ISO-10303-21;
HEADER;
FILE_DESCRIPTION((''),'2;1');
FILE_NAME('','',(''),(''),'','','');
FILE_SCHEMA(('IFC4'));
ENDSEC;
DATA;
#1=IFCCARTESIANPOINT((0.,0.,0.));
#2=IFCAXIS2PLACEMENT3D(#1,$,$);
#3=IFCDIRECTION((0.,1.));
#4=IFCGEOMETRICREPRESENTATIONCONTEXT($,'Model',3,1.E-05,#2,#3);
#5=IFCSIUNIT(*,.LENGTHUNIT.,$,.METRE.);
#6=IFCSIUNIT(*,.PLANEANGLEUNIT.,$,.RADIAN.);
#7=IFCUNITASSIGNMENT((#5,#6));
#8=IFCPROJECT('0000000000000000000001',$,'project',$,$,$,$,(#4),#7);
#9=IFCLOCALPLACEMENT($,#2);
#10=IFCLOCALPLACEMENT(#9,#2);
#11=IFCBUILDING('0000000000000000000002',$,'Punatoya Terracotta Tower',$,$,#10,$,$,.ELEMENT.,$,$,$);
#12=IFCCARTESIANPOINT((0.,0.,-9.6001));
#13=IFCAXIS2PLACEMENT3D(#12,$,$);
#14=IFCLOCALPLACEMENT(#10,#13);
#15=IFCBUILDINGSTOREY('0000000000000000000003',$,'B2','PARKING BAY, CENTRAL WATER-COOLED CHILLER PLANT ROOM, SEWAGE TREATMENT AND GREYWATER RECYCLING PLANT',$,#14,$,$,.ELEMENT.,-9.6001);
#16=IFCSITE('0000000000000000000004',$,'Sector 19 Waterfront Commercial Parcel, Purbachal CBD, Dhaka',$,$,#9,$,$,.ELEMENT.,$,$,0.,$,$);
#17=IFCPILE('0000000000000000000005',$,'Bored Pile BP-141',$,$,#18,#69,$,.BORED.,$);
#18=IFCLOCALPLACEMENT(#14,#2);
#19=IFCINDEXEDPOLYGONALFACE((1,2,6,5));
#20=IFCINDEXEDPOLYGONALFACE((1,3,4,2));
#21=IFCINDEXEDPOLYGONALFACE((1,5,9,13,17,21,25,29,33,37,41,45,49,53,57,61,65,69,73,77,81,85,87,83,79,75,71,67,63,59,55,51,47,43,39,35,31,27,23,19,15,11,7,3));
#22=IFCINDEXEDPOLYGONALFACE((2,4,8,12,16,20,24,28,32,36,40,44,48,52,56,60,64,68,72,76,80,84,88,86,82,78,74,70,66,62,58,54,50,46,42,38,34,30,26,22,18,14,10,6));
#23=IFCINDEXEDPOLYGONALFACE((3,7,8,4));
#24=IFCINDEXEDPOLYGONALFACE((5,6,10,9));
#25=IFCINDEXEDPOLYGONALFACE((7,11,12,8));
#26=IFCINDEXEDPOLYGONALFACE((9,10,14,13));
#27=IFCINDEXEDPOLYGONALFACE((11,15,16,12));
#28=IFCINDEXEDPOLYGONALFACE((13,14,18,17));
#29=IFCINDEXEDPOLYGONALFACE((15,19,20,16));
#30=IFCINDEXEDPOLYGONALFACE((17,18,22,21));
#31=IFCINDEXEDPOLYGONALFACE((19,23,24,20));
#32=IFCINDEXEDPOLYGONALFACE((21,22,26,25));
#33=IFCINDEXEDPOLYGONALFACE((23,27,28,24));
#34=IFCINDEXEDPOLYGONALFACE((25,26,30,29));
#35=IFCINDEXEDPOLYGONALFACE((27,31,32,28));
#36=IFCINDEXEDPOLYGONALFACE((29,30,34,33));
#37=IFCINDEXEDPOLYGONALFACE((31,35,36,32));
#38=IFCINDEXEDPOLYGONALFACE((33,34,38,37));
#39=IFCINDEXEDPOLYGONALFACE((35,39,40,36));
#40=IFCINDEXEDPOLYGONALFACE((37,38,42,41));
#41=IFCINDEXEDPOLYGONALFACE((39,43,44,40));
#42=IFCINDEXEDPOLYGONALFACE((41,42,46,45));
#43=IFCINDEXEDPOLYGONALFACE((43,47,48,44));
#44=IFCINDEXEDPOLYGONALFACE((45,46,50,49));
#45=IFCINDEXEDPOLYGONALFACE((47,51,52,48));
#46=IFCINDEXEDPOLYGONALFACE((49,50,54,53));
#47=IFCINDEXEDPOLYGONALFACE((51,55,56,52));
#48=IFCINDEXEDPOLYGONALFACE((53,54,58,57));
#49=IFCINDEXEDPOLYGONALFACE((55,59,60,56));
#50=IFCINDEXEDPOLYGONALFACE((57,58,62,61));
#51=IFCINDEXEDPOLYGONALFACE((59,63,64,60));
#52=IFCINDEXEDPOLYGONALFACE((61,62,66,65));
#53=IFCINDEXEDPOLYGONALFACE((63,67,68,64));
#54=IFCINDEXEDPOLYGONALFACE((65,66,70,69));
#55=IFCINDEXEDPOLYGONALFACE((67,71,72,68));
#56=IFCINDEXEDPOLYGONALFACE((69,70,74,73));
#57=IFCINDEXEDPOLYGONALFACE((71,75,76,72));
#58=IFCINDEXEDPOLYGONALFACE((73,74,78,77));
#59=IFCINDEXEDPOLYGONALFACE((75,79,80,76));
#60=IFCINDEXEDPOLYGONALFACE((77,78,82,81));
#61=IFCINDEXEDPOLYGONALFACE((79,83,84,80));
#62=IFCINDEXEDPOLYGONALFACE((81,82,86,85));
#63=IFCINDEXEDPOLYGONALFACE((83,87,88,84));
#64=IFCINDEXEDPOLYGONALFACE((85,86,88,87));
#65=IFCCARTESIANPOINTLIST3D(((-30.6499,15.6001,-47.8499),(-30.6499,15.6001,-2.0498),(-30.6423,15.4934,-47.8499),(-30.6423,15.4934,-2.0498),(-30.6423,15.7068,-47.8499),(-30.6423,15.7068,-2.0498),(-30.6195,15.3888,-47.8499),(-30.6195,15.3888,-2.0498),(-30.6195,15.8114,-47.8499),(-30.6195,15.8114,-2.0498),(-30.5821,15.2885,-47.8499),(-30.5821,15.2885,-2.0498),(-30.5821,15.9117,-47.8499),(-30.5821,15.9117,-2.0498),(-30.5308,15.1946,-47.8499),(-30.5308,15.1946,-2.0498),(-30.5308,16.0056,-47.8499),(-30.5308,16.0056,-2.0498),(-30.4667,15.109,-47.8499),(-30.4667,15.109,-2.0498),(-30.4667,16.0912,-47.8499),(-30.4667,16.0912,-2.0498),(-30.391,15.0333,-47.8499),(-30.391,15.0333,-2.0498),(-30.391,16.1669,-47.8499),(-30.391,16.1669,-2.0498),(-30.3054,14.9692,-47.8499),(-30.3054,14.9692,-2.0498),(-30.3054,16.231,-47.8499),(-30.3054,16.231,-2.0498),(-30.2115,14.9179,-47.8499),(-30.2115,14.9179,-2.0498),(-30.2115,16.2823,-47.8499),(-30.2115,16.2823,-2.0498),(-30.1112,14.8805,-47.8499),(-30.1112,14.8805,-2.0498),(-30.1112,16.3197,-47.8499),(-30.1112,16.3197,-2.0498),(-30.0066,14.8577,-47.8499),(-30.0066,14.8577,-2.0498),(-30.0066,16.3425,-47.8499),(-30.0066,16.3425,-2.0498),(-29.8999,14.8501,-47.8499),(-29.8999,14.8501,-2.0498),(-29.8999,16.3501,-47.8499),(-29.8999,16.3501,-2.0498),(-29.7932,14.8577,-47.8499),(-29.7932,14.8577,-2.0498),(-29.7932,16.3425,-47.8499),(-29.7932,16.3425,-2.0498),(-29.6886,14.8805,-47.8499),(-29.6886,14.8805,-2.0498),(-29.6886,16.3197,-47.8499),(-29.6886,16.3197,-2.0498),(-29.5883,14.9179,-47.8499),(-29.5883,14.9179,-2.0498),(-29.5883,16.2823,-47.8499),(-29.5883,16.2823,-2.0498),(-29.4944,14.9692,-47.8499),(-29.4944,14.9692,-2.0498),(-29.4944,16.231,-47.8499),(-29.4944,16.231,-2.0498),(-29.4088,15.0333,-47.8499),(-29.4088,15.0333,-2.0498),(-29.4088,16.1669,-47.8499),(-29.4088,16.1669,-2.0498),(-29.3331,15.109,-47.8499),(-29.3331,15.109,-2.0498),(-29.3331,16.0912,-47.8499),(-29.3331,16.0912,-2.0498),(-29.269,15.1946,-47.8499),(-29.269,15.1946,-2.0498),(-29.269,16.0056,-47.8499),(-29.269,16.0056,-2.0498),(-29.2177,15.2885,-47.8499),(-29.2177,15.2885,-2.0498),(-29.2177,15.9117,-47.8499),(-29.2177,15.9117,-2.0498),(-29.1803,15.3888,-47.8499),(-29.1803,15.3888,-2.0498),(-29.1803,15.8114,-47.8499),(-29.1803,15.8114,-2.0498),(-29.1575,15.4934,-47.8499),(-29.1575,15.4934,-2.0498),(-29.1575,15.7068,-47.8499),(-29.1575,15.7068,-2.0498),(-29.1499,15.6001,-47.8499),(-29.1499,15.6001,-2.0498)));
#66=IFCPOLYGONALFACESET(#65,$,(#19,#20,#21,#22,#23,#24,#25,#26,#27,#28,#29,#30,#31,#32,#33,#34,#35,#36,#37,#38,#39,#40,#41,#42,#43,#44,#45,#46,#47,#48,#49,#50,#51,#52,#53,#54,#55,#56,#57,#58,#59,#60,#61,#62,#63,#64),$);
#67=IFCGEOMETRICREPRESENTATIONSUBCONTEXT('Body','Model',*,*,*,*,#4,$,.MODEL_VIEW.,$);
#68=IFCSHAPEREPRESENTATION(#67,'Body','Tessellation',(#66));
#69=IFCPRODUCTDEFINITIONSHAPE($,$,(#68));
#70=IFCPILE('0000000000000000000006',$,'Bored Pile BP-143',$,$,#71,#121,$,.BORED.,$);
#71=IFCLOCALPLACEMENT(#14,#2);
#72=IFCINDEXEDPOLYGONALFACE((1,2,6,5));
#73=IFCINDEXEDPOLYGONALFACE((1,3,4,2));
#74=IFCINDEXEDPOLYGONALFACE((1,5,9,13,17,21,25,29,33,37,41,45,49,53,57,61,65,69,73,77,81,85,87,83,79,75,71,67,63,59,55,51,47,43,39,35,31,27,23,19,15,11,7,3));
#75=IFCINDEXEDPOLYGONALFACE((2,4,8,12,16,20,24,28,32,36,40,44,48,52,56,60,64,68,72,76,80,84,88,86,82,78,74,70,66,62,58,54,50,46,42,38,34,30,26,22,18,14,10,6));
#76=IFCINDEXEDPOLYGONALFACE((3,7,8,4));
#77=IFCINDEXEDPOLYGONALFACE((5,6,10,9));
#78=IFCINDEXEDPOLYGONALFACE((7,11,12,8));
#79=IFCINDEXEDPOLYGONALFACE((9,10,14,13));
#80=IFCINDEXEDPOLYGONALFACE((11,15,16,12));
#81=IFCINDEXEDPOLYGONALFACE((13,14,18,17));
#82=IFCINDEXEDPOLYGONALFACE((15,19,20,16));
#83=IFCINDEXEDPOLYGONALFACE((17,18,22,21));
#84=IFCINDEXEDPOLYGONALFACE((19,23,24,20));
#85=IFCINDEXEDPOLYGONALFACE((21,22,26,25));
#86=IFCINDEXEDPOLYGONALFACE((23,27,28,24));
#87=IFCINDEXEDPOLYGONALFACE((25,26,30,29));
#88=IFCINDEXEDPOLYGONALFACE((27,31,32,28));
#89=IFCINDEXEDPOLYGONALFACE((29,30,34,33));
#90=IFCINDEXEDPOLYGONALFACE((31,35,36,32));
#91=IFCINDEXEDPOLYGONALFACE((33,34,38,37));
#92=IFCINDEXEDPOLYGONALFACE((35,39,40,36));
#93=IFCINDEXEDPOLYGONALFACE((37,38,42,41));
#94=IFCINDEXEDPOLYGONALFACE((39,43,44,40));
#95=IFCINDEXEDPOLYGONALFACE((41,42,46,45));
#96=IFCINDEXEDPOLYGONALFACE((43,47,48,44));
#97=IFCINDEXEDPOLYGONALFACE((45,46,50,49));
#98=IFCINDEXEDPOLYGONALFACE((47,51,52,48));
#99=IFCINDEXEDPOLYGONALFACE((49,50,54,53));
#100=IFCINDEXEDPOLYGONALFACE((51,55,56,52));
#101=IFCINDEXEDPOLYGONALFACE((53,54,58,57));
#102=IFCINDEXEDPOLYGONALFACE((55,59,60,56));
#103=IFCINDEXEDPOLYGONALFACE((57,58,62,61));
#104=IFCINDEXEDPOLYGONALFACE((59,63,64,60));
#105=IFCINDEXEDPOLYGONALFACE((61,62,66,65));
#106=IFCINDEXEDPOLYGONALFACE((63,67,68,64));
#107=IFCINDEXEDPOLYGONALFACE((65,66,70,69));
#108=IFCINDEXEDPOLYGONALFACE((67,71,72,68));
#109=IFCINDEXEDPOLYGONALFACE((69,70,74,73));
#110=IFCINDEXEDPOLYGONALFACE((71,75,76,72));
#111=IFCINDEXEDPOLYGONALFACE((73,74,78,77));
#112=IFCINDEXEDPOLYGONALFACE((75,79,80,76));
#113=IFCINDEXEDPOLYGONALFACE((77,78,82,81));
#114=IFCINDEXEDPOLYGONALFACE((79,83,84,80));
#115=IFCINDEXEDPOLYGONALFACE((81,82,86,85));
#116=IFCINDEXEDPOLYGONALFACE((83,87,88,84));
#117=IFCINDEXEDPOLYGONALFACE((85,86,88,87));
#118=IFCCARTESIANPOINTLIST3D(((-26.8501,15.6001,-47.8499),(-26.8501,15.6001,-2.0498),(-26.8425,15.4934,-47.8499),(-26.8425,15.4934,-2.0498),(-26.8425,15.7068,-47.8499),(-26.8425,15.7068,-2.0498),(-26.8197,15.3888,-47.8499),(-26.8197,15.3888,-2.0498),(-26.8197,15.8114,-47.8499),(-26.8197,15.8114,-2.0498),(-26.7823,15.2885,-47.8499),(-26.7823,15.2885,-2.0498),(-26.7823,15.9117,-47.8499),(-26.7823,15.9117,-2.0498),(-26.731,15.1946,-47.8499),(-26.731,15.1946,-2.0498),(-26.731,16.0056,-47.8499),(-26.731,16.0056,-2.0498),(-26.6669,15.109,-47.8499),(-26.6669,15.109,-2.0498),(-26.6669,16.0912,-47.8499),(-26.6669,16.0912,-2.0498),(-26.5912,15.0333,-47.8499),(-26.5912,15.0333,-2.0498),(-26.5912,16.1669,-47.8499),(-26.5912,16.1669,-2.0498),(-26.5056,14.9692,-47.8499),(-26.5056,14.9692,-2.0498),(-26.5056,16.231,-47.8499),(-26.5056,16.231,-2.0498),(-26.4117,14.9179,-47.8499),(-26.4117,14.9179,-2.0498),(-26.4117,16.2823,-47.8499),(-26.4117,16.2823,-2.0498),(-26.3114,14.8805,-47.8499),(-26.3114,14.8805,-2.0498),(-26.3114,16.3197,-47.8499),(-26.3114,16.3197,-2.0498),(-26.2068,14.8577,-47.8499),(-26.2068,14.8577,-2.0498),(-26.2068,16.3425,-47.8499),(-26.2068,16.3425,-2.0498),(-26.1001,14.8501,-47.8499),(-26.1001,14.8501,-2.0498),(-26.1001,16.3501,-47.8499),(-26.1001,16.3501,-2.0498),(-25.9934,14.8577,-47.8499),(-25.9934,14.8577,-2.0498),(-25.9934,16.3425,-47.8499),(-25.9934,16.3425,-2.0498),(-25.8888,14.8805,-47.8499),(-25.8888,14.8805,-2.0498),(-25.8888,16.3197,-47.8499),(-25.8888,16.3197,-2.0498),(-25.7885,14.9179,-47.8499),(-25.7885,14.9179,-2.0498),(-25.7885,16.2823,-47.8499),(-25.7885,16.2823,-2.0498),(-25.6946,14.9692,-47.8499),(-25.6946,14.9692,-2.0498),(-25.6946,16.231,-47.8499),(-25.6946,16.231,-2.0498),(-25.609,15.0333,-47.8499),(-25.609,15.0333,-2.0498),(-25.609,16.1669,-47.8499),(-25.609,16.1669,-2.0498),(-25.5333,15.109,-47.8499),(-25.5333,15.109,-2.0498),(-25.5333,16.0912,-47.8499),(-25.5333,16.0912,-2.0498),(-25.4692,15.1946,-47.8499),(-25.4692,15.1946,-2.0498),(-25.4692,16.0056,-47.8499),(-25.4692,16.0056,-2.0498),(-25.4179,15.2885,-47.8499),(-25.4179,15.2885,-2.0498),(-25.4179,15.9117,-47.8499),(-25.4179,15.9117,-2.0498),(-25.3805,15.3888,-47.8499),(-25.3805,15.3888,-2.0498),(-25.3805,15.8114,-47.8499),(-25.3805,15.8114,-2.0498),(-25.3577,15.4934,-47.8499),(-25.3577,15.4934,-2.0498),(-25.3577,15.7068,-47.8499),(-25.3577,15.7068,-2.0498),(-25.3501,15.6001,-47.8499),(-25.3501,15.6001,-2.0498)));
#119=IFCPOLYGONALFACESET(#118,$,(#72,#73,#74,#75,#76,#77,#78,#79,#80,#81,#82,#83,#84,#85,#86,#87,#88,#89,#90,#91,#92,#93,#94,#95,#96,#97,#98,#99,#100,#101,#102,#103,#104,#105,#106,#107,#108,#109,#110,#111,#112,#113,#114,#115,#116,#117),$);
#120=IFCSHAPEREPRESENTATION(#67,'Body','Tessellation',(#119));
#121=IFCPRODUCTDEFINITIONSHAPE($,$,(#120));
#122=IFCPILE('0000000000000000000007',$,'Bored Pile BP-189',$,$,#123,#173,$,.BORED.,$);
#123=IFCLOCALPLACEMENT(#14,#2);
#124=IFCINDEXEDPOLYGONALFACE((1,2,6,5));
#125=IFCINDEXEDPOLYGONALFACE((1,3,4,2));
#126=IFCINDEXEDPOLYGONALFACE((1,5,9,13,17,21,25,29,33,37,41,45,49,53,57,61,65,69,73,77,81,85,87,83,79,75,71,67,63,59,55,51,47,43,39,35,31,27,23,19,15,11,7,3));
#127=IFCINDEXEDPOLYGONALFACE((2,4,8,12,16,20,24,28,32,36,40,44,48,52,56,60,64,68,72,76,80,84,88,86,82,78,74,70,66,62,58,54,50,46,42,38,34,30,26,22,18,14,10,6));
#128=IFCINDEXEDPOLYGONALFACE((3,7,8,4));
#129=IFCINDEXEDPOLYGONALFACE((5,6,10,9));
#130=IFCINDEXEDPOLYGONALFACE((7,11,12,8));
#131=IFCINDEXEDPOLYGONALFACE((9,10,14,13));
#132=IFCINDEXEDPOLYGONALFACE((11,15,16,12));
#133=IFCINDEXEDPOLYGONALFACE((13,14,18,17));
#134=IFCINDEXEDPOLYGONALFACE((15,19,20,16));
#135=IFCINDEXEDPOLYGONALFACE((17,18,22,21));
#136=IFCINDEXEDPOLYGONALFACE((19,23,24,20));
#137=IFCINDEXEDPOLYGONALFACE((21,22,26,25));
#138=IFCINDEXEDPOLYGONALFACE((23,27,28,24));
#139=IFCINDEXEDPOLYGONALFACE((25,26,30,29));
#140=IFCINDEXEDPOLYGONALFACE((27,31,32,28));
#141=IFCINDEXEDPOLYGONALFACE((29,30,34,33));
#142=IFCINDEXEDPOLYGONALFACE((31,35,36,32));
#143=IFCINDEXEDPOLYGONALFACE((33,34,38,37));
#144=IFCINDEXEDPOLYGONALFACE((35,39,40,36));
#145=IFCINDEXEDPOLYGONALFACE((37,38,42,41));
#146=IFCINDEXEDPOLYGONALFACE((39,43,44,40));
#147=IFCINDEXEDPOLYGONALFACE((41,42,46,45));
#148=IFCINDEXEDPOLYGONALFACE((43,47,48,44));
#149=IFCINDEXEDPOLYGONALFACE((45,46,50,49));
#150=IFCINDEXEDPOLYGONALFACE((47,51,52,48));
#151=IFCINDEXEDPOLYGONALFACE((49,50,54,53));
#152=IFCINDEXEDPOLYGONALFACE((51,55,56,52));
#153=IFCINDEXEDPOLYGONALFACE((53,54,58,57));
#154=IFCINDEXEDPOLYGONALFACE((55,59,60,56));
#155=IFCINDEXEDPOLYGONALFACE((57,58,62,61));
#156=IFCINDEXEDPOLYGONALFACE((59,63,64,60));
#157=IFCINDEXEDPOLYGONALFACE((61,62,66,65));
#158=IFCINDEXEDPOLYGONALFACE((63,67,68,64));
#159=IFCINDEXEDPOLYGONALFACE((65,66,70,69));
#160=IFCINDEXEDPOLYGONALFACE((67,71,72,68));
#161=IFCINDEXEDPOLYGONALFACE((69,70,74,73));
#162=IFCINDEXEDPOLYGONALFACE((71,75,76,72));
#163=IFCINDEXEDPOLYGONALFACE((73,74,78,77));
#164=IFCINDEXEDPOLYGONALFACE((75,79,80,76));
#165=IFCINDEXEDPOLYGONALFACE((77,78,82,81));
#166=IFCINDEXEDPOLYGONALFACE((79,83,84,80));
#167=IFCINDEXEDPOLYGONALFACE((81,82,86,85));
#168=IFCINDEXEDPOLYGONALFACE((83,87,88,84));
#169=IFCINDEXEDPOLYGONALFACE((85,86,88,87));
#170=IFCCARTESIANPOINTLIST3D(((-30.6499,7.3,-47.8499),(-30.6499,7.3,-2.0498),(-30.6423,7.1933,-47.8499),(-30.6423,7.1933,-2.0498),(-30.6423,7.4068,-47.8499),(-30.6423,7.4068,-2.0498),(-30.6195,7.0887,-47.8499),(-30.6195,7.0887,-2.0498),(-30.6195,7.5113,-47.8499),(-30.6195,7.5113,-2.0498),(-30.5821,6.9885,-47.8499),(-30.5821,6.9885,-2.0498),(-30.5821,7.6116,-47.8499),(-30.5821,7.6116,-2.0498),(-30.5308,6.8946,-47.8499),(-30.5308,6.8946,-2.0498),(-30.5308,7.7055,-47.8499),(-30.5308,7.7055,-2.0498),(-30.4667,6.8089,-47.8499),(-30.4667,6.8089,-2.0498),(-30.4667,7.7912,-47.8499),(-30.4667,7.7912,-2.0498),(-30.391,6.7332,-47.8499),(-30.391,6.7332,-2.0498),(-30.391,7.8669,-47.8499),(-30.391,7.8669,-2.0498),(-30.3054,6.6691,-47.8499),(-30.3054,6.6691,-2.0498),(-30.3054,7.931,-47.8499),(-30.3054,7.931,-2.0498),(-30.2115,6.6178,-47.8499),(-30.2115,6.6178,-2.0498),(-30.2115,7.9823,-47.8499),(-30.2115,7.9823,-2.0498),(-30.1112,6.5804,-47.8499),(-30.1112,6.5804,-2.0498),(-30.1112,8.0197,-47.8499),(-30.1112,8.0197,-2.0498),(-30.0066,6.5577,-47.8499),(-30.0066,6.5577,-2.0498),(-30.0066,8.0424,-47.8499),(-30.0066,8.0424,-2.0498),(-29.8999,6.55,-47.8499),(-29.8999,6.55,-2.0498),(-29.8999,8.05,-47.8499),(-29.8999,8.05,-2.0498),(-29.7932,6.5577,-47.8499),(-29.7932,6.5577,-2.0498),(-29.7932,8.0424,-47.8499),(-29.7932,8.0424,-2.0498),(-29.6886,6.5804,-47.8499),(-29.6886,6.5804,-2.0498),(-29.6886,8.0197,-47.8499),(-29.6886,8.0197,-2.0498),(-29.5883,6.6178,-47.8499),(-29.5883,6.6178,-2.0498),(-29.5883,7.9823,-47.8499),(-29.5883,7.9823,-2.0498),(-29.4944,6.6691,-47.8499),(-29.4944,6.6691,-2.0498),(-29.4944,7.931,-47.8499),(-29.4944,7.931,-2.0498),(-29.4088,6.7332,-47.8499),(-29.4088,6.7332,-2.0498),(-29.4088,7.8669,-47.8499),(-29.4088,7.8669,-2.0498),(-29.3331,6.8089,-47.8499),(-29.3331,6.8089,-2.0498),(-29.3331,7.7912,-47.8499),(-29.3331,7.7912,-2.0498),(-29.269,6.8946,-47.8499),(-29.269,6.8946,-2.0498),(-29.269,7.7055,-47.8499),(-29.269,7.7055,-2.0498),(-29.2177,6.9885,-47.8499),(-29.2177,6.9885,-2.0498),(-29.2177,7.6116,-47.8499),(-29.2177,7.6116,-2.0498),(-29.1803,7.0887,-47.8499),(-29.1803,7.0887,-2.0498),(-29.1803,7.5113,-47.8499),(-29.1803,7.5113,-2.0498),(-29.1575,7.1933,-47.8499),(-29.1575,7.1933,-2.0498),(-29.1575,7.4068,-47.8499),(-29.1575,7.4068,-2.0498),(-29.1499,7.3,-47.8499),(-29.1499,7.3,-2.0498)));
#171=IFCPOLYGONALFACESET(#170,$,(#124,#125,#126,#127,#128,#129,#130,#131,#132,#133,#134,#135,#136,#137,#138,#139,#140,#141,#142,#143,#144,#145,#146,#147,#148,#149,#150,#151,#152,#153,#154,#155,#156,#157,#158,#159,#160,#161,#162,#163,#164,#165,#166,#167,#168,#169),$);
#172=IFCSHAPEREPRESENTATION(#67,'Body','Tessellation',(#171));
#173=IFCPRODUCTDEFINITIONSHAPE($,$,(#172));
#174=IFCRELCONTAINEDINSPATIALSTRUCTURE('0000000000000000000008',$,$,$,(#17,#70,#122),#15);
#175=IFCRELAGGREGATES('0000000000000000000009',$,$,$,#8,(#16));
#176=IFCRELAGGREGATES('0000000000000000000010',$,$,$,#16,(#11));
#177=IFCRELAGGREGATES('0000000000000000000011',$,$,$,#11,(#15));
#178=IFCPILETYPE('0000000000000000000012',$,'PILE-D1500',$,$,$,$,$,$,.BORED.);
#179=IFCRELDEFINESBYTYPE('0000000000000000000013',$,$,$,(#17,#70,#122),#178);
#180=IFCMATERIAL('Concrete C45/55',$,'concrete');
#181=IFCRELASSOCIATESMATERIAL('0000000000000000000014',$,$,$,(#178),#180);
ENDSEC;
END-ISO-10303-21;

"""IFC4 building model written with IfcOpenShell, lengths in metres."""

from ifc_helpers import new_model, si_unit, direction, frame, origin, origin_2d, place, context, subcontext, project, spatial, circle, extrude, material, material_profile, profile_set, type_object, element, save


model = new_model("IFC4")

# Units and contexts
model_context = context("Model", 3, precision=1e-05, world=origin(), true_north=direction((0.0, 1.0)))
body_context = subcontext(model_context, "Body", "Model", "MODEL_VIEW")
ifc_project = project(units=[si_unit("LENGTHUNIT", "METRE"), si_unit("PLANEANGLEUNIT", "RADIAN")], contexts=[model_context])

# Site, building, storey
site_placement = place(None, origin())
site = spatial("IfcSite", under=ifc_project, at=site_placement, Name="Sector 19 Waterfront Commercial Parcel, Purbachal CBD, Dhaka", CompositionType="ELEMENT", RefElevation=0.0)
building_placement = place(site_placement, origin())
building = spatial("IfcBuilding", under=site, at=building_placement, Name="Punatoya Terracotta Tower", CompositionType="ELEMENT")
storey_placement = place(building_placement, frame((0.0, 0.0, -9.6001)))
storey = spatial("IfcBuildingStorey", under=building, at=storey_placement, Name="B2", Description="PARKING BAY, CENTRAL WATER-COOLED CHILLER PLANT ROOM, SEWAGE TREATMENT AND GREYWATER RECYCLING PLANT", CompositionType="ELEMENT", Elevation=-9.6001)

# Shared definitions
ifc_material_1 = material(Name="Concrete C45/55", Category="concrete")

# Piles
ifc_material_profile_1 = material_profile(ifc_material_1, circle(Radius=0.75, at=origin_2d()))
ifc_profile_set_1 = profile_set([ifc_material_profile_1], Name="Concrete C45/55")
pile_type_1 = type_object("IfcPileType", Name="PILE-D1500", PredefinedType="BORED", material=ifc_profile_set_1)
for number, where, z_axis, x_axis, name in (
    (1, (-29.8999, 15.6001, -2.0498), (0.0, 0.0, -1.0), (1.0, 0.0, 0.0), "Bored Pile BP-141"),
    (2, (-26.1001, 15.6001, -2.0498), (0.0, 0.0, -1.0), (1.0, 0.0, 0.0), "Bored Pile BP-143"),
    (3, (-29.8999, 7.3, -2.0498), (0.0, 0.0, -1.0), (1.0, 0.0, 0.0), "Bored Pile BP-189"),
):
    element("IfcPile", number, at=place(storey_placement, frame(where, z_axis=z_axis, x_axis=x_axis)), inside=storey, type_object=pile_type_1, Name=name, PredefinedType="BORED", context=body_context, shape_type="SweptSolid", body=[
        extrude(circle(Radius=0.75, at=origin_2d()), origin(), (0.0, 0.0, 1.0), 45.8),
    ])

save(model, "model.ifc")
